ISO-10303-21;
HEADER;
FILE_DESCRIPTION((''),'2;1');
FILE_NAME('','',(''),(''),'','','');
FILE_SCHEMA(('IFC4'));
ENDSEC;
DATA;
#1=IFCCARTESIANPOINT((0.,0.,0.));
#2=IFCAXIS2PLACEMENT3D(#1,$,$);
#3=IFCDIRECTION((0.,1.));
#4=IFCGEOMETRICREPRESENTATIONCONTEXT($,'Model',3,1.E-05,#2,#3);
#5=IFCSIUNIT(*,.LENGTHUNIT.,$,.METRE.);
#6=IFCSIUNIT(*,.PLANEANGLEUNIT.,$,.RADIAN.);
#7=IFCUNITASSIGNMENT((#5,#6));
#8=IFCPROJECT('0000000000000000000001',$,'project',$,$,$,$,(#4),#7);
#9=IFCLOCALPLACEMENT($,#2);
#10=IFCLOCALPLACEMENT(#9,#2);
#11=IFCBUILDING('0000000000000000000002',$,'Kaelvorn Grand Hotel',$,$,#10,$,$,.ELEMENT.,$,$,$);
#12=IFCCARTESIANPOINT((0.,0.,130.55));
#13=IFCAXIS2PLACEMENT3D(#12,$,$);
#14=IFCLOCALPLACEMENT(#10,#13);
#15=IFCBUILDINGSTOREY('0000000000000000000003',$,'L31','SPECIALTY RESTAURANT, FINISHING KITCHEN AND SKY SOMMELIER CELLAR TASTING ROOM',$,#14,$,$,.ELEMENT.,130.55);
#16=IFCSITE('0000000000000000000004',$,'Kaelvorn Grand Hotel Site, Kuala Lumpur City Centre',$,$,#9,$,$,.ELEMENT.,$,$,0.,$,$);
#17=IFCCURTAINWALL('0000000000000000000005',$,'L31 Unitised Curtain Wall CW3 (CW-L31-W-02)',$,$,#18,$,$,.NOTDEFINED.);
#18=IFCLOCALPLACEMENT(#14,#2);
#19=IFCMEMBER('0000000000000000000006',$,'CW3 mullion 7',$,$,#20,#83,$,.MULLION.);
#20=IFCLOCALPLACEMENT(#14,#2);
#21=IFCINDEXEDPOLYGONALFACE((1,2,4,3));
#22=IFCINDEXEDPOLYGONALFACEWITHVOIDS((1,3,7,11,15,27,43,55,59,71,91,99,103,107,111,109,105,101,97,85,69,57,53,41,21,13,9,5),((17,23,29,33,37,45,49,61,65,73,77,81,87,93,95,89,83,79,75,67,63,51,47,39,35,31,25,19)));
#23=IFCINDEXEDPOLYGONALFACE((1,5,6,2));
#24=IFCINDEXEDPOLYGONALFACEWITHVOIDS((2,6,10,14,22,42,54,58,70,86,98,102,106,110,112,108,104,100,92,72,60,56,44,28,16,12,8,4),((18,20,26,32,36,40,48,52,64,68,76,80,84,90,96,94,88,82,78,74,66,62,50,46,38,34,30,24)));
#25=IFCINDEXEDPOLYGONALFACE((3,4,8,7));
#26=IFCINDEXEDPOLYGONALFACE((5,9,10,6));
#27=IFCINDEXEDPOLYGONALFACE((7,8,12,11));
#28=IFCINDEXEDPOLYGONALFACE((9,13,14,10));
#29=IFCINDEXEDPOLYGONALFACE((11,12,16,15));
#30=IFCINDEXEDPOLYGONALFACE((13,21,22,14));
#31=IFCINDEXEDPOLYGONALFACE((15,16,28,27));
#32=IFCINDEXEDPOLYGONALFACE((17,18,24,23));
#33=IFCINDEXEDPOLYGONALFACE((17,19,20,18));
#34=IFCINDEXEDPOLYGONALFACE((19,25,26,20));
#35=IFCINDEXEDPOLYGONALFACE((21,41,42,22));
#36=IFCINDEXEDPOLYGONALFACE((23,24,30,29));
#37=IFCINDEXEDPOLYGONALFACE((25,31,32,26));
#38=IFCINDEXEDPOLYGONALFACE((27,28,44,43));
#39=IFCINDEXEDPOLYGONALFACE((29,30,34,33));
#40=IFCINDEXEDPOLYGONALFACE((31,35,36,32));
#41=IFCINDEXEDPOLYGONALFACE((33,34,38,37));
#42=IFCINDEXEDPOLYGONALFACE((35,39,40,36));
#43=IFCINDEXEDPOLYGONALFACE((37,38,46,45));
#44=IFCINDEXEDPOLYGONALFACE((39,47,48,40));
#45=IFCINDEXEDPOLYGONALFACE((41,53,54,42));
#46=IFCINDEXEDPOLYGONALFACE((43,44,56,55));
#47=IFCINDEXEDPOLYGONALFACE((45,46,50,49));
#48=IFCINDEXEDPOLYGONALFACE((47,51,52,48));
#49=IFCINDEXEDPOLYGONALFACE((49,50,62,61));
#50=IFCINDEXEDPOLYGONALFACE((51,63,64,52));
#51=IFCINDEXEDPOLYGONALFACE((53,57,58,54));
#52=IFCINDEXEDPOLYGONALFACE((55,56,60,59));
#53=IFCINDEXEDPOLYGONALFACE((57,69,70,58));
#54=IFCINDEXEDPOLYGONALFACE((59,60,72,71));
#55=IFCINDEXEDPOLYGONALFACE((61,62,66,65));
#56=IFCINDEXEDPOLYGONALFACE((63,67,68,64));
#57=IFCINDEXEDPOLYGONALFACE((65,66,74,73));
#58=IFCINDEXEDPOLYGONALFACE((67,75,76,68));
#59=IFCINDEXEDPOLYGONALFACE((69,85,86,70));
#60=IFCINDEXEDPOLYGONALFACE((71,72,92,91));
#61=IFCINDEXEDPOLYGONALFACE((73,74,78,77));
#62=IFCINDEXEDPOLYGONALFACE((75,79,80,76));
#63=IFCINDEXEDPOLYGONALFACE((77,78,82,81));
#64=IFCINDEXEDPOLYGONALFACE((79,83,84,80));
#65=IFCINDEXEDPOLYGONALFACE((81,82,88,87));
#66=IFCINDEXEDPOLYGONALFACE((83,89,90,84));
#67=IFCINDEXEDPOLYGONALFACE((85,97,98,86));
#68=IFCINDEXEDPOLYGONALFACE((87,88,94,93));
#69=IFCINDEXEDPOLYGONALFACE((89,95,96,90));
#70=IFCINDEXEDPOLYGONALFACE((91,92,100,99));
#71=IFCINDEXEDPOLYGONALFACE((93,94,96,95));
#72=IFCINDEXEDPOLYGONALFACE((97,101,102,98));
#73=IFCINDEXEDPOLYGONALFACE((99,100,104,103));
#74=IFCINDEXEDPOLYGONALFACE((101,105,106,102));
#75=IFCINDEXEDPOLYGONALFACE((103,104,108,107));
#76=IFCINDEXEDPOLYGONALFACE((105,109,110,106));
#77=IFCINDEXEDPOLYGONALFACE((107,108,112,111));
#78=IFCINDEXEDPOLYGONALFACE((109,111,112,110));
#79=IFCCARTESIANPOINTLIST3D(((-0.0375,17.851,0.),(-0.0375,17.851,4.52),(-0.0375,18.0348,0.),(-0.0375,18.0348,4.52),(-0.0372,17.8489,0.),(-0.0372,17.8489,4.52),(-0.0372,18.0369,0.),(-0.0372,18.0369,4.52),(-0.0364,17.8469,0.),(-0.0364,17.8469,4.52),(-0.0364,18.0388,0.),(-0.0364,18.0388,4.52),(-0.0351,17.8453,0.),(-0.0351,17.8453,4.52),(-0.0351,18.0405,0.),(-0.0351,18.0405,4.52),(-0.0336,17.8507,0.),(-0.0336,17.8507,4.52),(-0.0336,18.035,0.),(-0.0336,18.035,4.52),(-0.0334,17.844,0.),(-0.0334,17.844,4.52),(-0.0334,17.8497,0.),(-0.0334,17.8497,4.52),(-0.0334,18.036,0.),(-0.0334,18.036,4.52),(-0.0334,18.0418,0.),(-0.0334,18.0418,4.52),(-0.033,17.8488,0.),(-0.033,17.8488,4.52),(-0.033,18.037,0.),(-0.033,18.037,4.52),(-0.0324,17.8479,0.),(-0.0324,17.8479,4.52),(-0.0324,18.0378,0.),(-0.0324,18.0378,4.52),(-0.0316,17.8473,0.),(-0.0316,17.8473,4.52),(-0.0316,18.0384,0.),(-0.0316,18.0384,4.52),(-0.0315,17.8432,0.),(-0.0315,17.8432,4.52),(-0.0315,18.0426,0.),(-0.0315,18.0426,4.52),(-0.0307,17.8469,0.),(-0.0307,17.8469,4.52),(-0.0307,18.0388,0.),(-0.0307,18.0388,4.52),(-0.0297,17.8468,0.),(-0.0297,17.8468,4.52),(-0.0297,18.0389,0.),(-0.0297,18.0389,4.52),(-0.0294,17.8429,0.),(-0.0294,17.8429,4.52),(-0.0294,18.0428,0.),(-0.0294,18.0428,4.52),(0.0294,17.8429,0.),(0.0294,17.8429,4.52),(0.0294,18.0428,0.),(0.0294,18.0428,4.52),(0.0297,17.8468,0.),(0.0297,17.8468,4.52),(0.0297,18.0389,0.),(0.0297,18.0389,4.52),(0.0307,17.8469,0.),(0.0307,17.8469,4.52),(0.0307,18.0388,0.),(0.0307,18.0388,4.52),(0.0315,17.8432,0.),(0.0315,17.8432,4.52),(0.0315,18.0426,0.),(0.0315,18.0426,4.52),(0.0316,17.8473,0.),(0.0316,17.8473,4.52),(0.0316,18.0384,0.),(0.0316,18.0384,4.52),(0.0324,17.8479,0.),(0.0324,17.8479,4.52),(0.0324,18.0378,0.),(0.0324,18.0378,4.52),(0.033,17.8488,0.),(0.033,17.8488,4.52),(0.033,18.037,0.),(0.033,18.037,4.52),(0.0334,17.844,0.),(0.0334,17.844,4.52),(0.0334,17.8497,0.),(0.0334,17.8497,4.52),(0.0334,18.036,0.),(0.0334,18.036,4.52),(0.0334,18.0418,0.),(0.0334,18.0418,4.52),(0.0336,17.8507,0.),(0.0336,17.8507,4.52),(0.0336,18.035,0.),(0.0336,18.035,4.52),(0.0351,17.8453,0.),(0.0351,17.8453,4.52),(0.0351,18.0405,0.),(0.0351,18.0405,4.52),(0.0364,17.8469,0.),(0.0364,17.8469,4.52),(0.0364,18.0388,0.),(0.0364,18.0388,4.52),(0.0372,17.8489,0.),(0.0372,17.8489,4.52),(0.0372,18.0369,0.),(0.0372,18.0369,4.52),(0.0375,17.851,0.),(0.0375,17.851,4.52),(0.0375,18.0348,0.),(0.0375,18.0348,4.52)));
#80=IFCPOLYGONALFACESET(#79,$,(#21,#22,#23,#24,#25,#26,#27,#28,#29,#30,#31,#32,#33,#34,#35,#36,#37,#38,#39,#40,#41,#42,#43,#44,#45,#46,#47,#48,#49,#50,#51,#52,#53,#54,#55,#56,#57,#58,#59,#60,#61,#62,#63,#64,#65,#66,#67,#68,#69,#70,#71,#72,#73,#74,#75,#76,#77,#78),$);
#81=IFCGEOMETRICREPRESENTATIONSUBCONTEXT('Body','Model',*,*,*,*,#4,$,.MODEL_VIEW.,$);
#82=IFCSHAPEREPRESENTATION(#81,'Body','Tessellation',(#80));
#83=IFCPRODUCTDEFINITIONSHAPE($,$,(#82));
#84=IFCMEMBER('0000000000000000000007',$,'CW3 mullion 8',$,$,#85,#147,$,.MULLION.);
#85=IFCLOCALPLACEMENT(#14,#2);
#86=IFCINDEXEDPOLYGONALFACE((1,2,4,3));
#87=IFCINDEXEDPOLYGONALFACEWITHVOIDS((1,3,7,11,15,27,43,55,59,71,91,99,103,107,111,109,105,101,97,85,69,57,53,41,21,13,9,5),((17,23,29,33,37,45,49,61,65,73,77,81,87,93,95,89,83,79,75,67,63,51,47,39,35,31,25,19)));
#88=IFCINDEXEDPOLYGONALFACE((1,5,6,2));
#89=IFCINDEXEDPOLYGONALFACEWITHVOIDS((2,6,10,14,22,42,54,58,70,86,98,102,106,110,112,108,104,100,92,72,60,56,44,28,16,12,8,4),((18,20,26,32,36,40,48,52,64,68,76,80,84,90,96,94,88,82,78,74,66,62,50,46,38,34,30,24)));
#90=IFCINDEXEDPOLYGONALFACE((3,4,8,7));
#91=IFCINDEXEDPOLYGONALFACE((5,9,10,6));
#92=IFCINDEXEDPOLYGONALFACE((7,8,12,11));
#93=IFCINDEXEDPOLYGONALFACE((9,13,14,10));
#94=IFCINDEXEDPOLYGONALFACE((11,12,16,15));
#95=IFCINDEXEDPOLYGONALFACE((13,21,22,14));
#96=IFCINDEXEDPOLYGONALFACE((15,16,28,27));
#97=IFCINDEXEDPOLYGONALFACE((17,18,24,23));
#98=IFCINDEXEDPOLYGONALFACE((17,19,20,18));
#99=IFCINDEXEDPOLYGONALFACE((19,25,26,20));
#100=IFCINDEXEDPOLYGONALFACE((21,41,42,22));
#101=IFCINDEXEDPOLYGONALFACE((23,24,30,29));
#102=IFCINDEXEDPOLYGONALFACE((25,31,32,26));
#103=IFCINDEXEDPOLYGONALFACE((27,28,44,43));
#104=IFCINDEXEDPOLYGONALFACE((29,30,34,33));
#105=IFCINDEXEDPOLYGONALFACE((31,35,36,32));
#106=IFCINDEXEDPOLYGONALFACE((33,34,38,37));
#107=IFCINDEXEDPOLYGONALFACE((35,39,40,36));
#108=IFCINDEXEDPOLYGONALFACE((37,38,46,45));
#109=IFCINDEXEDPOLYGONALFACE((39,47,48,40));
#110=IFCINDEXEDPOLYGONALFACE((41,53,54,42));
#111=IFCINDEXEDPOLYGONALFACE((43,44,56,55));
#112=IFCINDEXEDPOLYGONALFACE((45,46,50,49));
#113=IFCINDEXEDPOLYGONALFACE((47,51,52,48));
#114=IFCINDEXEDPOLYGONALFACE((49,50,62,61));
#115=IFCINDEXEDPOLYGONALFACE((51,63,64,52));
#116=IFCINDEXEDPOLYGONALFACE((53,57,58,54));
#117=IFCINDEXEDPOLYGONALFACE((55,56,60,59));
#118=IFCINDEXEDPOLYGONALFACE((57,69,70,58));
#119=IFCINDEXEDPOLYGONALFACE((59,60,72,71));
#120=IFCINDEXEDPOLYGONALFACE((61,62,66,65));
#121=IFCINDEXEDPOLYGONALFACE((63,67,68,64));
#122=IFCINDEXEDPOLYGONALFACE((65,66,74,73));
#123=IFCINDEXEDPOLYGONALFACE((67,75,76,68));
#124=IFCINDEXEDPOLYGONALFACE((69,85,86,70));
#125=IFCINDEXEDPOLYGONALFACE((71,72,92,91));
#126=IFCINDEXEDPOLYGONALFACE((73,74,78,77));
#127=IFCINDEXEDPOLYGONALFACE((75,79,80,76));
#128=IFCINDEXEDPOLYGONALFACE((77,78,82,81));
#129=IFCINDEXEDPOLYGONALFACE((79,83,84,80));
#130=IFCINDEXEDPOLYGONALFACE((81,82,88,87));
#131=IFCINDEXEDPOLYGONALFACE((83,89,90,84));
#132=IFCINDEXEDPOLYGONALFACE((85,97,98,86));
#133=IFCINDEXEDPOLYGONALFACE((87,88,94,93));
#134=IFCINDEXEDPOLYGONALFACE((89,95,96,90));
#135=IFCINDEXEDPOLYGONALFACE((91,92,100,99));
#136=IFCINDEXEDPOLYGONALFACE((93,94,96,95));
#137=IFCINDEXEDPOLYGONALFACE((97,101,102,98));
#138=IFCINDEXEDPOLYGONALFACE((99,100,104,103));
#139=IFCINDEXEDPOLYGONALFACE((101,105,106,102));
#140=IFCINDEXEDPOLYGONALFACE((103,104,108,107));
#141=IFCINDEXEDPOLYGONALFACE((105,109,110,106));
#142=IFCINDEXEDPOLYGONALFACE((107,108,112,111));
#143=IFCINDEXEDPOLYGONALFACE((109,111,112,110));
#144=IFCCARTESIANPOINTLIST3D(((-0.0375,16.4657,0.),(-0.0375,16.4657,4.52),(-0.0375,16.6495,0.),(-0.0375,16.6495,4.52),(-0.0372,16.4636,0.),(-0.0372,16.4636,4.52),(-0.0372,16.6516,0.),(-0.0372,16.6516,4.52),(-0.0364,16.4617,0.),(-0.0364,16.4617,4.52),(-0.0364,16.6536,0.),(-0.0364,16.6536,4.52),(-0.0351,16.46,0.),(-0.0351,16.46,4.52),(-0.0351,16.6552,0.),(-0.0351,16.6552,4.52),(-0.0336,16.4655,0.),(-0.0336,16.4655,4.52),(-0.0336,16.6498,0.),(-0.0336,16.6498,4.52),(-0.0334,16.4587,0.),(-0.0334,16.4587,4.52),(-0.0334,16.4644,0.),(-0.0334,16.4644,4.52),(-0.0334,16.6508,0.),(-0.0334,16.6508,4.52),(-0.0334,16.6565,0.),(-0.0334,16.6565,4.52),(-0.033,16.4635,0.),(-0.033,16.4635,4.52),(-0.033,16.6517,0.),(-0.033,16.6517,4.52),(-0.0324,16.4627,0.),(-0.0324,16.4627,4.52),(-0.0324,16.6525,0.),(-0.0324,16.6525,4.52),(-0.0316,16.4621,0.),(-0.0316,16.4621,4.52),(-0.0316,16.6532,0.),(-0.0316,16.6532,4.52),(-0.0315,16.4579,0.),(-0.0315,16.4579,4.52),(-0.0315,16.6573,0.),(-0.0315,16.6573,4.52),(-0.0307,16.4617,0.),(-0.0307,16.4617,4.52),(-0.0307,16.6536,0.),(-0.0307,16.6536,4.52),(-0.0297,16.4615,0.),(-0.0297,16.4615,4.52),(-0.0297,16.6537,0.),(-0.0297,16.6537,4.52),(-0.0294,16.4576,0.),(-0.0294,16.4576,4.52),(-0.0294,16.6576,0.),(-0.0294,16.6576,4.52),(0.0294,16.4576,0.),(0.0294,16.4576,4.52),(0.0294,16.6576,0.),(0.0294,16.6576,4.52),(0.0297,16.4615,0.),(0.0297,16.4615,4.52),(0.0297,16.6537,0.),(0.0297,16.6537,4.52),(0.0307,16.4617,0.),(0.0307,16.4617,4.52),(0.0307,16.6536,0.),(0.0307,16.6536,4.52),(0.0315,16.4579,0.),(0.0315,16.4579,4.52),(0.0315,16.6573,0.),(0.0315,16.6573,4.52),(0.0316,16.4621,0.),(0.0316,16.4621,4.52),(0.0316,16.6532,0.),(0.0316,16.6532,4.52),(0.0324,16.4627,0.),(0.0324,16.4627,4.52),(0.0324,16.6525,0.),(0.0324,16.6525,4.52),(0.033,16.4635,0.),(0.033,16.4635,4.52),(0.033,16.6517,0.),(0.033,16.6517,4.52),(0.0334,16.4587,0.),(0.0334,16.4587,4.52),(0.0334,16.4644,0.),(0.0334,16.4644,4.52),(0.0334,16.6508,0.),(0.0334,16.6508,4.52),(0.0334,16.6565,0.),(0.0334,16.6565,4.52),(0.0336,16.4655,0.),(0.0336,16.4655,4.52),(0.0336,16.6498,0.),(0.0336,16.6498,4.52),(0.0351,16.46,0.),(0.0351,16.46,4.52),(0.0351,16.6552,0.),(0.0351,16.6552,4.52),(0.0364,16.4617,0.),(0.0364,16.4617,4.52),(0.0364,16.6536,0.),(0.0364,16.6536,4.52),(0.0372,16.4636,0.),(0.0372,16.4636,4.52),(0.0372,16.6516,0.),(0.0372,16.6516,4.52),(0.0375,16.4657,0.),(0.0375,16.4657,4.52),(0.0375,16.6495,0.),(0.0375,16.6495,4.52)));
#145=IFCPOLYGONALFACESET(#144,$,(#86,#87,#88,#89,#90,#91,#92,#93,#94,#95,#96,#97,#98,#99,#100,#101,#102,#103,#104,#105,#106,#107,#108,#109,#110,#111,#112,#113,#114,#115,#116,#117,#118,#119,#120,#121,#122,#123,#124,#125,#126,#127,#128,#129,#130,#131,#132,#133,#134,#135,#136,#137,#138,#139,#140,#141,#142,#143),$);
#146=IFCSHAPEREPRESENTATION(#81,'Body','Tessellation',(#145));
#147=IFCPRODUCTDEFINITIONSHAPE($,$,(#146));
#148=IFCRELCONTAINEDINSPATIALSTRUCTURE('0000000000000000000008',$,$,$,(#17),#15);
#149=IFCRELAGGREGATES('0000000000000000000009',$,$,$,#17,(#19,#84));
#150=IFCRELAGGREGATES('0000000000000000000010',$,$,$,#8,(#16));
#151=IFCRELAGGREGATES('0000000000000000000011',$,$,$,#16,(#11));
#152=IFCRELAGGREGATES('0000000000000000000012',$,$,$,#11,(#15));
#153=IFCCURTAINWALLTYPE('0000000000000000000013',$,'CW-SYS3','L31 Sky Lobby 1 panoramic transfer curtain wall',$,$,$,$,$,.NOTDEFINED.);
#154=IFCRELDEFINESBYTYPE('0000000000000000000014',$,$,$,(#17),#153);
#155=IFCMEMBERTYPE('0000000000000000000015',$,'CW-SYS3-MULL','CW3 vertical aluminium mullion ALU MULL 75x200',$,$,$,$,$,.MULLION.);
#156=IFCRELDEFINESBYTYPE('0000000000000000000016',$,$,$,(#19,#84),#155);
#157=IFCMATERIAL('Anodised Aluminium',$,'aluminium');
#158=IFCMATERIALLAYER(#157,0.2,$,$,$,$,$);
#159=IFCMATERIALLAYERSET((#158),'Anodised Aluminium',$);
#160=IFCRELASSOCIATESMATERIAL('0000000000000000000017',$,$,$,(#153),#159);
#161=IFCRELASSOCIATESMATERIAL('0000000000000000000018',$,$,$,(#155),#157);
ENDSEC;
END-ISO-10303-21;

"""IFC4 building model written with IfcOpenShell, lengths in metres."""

from ifc_helpers import new_model, si_unit, direction, frame, origin, origin_2d, place, context, subcontext, project, spatial, hollow_rectangle, extrude, material, layer, layer_set, material_profile, profile_set, type_object, element, aggregate, save


model = new_model("IFC4")

# Units and contexts
model_context = context("Model", 3, precision=1e-05, world=origin(), true_north=direction((0.0, 1.0)))
body_context = subcontext(model_context, "Body", "Model", "MODEL_VIEW")
ifc_project = project(units=[si_unit("LENGTHUNIT", "METRE"), si_unit("PLANEANGLEUNIT", "RADIAN")], contexts=[model_context])

# Site, building, storey
site_placement = place(None, origin())
site = spatial("IfcSite", under=ifc_project, at=site_placement, Name="Kaelvorn Grand Hotel Site, Kuala Lumpur City Centre", CompositionType="ELEMENT", RefElevation=0.0)
building_placement = place(site_placement, origin())
building = spatial("IfcBuilding", under=site, at=building_placement, Name="Kaelvorn Grand Hotel", CompositionType="ELEMENT")
storey_placement = place(building_placement, frame((0.0, 0.0, 130.55)))
storey = spatial("IfcBuildingStorey", under=building, at=storey_placement, Name="L31", Description="SPECIALTY RESTAURANT, FINISHING KITCHEN AND SKY SOMMELIER CELLAR TASTING ROOM", CompositionType="ELEMENT", Elevation=130.55)

# Curtain wall, members
ifc_material_1 = material(Name="Anodised Aluminium", Category="aluminium")
ifc_layer_1 = layer(ifc_material_1, 0.2)
ifc_layer_set_1 = layer_set([ifc_layer_1], Name="Anodised Aluminium")
curtain_wall_type = type_object("IfcCurtainWallType", Name="CW-SYS3", Description="L31 Sky Lobby 1 panoramic transfer curtain wall", PredefinedType="NOTDEFINED", material=ifc_layer_set_1)
curtain_wall_placement = place(storey_placement, origin())
curtain_wall = element("IfcCurtainWall", 1, at=curtain_wall_placement, inside=storey, type_object=curtain_wall_type, Name="L31 Unitised Curtain Wall CW3 (CW-L31-W-02)", PredefinedType="NOTDEFINED")
ifc_material_profile_1 = material_profile(ifc_material_1, hollow_rectangle(XDim=0.075, YDim=0.2, WallThickness=0.0039, InnerFilletRadius=0.0039, OuterFilletRadius=0.0081, at=origin_2d()), Name="ALU MULL 75x200")
ifc_profile_set_1 = profile_set([ifc_material_profile_1], Name="Anodised Aluminium")
member_type_1 = type_object("IfcMemberType", Name="CW-SYS3-MULL", Description="CW3 vertical aluminium mullion ALU MULL 75x200", PredefinedType="MULLION", material=ifc_profile_set_1)
member_1_placement = place(storey_placement, frame((0.0, 17.9429, 0.0), z_axis=(0.0, 0.0, 1.0), x_axis=(1.0, 0.0, 0.0)))
member_1 = element("IfcMember", 2, at=member_1_placement, type_object=member_type_1, Name="CW3 mullion 7", PredefinedType="MULLION", context=body_context, shape_type="SweptSolid", body=[
    extrude(hollow_rectangle(XDim=0.075, YDim=0.2, WallThickness=0.0039, InnerFilletRadius=0.0039, OuterFilletRadius=0.0081, at=origin_2d()), origin(), (0.0, 0.0, 1.0), 4.52),
])
member_2_placement = place(storey_placement, frame((0.0, 16.5576, 0.0), z_axis=(0.0, 0.0, 1.0), x_axis=(1.0, 0.0, 0.0)))
member_2 = element("IfcMember", 3, at=member_2_placement, type_object=member_type_1, Name="CW3 mullion 8", PredefinedType="MULLION", context=body_context, shape_type="SweptSolid", body=[
    extrude(hollow_rectangle(XDim=0.075, YDim=0.2, WallThickness=0.0039, InnerFilletRadius=0.0039, OuterFilletRadius=0.0081, at=origin_2d()), origin(), (0.0, 0.0, 1.0), 4.52),
])
aggregate(curtain_wall, [member_1, member_2])

save(model, "model.ifc")
